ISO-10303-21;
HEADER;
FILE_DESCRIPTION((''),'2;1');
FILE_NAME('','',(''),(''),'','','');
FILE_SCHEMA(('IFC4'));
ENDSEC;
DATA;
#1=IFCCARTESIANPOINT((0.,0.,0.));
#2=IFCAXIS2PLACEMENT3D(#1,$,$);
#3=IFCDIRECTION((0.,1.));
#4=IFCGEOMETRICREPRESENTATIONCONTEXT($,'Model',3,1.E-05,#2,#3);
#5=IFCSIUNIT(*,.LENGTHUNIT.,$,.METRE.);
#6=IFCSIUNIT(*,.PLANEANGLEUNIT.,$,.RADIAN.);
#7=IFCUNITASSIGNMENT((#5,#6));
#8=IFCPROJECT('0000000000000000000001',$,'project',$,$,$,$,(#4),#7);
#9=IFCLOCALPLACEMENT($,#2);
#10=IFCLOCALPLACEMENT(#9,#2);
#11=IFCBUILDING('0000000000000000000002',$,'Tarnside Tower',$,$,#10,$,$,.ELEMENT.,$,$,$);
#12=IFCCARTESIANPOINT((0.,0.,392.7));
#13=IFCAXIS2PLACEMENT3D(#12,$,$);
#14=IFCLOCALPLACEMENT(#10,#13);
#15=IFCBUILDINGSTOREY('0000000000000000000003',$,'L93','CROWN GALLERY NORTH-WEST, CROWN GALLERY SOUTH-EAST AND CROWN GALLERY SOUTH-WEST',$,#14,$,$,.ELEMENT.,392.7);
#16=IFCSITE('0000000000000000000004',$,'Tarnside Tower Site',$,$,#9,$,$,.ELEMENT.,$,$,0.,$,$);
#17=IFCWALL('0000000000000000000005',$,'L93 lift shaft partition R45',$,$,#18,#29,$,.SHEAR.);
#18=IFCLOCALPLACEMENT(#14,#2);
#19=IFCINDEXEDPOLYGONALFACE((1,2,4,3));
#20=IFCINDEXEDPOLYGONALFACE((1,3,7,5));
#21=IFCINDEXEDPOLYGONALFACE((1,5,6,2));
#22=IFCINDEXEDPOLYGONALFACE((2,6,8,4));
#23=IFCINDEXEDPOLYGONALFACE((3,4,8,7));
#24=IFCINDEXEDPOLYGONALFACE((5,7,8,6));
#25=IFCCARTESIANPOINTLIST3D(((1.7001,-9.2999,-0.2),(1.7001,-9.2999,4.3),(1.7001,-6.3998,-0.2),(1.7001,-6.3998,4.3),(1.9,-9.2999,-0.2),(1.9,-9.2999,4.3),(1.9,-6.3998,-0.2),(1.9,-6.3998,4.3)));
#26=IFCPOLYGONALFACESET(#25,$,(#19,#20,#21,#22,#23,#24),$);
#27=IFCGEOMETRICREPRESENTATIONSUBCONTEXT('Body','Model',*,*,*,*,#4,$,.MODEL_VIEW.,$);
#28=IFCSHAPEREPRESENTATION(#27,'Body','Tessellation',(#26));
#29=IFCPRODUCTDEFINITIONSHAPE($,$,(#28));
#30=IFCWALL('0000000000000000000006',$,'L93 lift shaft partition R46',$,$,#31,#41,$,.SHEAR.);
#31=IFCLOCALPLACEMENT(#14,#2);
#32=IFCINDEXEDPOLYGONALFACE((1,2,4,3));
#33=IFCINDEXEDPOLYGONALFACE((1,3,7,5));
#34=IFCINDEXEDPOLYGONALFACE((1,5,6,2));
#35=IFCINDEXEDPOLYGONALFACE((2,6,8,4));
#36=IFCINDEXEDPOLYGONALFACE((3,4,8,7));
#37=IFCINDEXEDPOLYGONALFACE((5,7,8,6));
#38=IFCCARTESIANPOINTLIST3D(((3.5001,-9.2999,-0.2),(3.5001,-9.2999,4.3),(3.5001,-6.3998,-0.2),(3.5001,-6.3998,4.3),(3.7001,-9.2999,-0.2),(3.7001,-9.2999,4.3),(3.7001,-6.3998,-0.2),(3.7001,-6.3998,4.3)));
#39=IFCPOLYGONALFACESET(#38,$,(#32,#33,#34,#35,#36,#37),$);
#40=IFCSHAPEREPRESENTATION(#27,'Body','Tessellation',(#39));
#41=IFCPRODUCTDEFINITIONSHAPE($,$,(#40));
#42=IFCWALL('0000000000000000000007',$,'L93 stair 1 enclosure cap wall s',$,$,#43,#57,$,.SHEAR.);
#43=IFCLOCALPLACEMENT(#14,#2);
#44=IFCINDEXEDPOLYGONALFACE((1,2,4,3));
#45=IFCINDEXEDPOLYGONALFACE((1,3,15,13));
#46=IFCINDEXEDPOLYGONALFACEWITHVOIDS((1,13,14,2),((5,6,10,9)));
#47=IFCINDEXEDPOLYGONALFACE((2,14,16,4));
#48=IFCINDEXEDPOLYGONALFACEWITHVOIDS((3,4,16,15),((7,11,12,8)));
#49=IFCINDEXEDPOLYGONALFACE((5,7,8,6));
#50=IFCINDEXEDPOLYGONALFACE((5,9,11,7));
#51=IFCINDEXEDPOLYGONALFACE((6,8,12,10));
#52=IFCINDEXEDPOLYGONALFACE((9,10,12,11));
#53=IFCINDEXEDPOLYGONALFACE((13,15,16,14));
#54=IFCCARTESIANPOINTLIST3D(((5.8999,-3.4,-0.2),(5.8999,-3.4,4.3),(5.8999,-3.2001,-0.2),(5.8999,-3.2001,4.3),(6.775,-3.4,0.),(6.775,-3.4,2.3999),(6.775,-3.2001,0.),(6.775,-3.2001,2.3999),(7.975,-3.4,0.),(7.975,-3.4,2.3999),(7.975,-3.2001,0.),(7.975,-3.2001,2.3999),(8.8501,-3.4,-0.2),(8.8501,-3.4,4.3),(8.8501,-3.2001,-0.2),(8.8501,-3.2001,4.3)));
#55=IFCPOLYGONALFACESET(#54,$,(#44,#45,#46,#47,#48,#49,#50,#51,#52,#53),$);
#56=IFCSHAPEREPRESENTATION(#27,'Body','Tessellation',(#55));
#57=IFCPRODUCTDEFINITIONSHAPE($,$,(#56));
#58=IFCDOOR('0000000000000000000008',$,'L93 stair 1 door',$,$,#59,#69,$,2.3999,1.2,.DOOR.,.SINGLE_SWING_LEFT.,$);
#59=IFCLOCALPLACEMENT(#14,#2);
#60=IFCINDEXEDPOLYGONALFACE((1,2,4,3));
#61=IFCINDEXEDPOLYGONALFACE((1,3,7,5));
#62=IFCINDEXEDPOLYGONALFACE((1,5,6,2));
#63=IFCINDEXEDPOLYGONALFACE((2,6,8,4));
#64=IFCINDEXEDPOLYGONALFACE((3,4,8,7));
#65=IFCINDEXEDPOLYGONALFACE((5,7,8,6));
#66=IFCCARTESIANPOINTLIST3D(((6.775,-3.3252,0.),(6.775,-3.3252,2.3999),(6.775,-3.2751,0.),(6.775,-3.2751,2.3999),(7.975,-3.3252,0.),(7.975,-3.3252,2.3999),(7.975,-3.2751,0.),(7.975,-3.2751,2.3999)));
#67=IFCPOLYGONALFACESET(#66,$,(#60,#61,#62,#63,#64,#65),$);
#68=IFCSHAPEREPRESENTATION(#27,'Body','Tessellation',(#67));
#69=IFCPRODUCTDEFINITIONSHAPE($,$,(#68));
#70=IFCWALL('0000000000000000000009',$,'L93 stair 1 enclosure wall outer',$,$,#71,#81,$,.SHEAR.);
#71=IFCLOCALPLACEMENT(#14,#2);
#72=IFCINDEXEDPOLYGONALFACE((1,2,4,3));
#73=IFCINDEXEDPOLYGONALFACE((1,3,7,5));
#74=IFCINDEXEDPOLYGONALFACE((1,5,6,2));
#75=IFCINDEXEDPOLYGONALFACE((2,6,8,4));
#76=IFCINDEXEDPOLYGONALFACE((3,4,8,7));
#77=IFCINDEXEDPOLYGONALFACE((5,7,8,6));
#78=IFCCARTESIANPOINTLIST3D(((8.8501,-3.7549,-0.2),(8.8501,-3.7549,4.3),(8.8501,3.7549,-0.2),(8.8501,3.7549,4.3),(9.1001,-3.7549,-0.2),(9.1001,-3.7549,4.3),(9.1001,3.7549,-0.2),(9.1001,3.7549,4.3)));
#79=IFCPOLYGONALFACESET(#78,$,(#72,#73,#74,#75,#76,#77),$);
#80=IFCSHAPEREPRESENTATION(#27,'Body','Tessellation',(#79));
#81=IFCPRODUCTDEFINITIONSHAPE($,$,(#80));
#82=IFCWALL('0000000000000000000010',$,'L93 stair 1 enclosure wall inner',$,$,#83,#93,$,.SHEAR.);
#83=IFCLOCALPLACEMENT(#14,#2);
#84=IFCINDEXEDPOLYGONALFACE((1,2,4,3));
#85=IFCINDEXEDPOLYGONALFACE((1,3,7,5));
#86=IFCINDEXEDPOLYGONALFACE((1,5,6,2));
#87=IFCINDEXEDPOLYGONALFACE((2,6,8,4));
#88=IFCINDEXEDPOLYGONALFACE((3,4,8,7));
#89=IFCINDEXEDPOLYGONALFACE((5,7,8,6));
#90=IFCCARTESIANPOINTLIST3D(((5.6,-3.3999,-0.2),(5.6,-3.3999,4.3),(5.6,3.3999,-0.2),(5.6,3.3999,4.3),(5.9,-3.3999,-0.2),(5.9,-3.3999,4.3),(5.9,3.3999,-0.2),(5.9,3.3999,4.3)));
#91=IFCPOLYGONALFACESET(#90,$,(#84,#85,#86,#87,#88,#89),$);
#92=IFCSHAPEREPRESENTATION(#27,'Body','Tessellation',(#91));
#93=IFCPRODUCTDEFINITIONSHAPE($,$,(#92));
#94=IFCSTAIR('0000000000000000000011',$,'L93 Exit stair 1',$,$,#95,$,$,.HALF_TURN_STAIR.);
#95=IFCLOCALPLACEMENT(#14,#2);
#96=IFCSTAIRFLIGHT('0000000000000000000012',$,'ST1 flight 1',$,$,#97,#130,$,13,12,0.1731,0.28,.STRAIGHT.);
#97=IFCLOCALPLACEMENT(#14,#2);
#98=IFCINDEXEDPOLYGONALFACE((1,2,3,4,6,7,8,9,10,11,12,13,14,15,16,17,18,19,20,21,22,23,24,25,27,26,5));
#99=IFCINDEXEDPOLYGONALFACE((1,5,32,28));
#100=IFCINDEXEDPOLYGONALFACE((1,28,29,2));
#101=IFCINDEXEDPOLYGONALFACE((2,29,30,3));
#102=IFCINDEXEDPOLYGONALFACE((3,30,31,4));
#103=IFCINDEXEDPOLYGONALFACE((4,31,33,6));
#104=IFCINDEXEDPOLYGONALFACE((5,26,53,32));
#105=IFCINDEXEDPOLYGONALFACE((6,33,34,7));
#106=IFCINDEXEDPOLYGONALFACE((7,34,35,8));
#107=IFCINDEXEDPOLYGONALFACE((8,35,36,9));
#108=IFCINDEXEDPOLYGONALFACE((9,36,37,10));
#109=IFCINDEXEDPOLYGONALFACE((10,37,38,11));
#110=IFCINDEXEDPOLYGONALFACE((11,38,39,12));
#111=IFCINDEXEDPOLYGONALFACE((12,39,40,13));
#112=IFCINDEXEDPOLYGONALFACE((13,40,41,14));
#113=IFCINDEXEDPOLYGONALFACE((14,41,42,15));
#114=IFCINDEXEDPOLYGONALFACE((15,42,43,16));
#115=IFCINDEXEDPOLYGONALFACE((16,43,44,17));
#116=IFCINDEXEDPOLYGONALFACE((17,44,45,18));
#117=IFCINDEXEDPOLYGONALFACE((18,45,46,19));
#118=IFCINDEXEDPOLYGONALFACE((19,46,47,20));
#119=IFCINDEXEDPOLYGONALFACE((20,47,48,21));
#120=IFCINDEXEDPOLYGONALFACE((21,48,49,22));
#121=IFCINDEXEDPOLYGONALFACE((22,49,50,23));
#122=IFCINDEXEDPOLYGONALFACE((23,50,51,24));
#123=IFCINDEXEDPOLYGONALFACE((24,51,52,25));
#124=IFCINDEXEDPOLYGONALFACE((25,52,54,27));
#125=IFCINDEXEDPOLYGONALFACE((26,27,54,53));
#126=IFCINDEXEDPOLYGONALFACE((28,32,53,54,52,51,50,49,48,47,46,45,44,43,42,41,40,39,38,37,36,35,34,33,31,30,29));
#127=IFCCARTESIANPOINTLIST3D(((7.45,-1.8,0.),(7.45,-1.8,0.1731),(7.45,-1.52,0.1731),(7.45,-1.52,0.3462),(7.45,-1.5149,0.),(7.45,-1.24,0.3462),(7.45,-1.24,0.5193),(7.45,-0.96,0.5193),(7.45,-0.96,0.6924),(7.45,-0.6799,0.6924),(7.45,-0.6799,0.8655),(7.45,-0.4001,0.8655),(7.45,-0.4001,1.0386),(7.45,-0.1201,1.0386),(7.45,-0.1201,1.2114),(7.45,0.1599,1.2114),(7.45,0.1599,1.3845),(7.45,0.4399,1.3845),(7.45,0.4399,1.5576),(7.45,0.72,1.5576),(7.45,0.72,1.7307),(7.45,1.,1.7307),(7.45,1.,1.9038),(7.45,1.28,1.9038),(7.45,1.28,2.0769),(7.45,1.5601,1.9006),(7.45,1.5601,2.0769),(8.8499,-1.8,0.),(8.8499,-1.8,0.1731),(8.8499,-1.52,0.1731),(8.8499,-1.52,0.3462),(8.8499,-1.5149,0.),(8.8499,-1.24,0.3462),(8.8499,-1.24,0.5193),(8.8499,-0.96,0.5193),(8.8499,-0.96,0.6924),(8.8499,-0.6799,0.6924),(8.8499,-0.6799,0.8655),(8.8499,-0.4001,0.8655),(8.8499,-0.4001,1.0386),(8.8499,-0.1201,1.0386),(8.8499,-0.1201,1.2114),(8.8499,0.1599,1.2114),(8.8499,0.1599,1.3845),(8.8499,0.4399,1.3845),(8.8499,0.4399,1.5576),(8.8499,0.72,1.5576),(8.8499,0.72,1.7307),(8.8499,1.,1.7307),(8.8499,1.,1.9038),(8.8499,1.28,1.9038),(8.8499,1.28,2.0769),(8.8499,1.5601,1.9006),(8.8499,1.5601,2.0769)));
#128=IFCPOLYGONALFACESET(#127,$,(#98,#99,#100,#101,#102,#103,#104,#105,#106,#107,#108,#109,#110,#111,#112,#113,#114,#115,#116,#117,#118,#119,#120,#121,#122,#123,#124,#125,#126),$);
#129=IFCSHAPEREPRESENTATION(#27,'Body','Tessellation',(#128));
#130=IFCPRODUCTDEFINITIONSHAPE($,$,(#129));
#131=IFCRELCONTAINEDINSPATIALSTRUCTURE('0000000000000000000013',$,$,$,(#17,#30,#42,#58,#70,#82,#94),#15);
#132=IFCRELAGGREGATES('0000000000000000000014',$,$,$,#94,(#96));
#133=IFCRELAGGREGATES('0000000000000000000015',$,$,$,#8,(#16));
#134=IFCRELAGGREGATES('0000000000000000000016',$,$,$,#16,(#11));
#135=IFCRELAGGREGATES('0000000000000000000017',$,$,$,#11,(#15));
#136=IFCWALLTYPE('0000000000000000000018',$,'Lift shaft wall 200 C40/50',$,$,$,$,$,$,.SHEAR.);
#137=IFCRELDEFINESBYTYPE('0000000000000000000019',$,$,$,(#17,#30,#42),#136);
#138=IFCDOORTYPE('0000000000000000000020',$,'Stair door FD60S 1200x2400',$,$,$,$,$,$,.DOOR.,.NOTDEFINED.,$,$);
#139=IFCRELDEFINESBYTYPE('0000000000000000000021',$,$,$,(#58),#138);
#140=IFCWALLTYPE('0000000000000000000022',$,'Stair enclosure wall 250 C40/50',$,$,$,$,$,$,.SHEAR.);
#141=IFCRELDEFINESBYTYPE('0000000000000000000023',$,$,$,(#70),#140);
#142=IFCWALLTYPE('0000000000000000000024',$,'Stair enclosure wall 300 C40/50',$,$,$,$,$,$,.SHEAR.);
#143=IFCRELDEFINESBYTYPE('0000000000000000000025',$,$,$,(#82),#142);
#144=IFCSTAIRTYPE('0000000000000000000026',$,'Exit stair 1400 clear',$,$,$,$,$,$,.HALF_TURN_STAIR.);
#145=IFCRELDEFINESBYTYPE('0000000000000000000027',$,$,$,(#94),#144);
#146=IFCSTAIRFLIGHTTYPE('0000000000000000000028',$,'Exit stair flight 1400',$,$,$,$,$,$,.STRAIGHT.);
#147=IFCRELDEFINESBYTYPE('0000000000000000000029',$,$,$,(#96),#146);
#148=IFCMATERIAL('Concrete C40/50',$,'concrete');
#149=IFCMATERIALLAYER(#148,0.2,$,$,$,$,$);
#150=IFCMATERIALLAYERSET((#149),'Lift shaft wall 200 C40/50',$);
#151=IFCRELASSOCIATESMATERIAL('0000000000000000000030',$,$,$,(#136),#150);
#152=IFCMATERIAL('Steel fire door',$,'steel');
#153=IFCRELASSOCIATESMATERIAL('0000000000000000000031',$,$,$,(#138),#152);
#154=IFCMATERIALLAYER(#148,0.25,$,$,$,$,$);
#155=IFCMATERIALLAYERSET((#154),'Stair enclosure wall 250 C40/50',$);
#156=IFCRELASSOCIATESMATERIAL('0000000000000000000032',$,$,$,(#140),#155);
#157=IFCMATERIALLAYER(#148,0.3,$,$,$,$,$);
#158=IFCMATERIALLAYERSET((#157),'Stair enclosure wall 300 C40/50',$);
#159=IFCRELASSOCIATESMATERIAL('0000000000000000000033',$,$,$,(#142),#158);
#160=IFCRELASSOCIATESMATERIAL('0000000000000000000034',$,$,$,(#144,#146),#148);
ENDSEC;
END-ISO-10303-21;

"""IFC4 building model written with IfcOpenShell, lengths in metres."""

from ifc_helpers import new_model, si_unit, direction, frame, frame_2d, origin, place, context, subcontext, project, spatial, polyline, rectangle, outline, extrude, material, layer, layer_set, type_object, element, fill, aggregate, save


model = new_model("IFC4")

# Units and contexts
model_context = context("Model", 3, precision=1e-05, world=origin(), true_north=direction((0.0, 1.0)))
body_context = subcontext(model_context, "Body", "Model", "MODEL_VIEW")
ifc_project = project(units=[si_unit("LENGTHUNIT", "METRE"), si_unit("PLANEANGLEUNIT", "RADIAN")], contexts=[model_context])

# Site, building, storey
site_placement = place(None, origin())
site = spatial("IfcSite", under=ifc_project, at=site_placement, Name="Tarnside Tower Site", CompositionType="ELEMENT", RefElevation=0.0)
building_placement = place(site_placement, origin())
building = spatial("IfcBuilding", under=site, at=building_placement, Name="Tarnside Tower", CompositionType="ELEMENT")
storey_placement = place(building_placement, frame((0.0, 0.0, 392.7)))
storey = spatial("IfcBuildingStorey", under=building, at=storey_placement, Name="L93", Description="CROWN GALLERY NORTH-WEST, CROWN GALLERY SOUTH-EAST AND CROWN GALLERY SOUTH-WEST", CompositionType="ELEMENT", Elevation=392.7)

# Shared definitions
ifc_material_1 = material(Name="Concrete C40/50", Category="concrete")

# Shared definitions
ifc_material_2 = material(Name="Steel fire door", Category="steel")

# Walls
ifc_layer_1 = layer(ifc_material_1, 0.2)
ifc_layer_set_1 = layer_set([ifc_layer_1], Name="Lift shaft wall 200 C40/50")
wall_type_1 = type_object("IfcWallType", Name="Lift shaft wall 200 C40/50", PredefinedType="SHEAR", material=ifc_layer_set_1)
for number, where, z_axis, x_axis, name in (
    (1, (1.8, -9.3, -0.2), (0.0, 0.0, 1.0), (0.0, 1.0, 0.0), "L93 lift shaft partition R45"),
    (2, (3.6001, -9.3, -0.2), (0.0, 0.0, 1.0), (0.0, 1.0, 0.0), "L93 lift shaft partition R46"),
):
    element("IfcWall", number, at=place(storey_placement, frame(where, z_axis=z_axis, x_axis=x_axis)), inside=storey, type_object=wall_type_1, Name=name, PredefinedType="SHEAR", context=body_context, shape_type="SweptSolid", body=[
        extrude(rectangle(XDim=2.9001, YDim=0.2, at=frame_2d((1.4502, 0.0))), origin(), (0.0, 0.0, 1.0), 4.5),
    ])

# Wall, opening, door
wall_1_placement = place(storey_placement, frame((5.8999, -3.3, -0.2), z_axis=(0.0, 0.0, 1.0), x_axis=(1.0, 0.0, 0.0)))
wall_1 = element("IfcWall", 3, at=wall_1_placement, inside=storey, type_object=wall_type_1, Name="L93 stair 1 enclosure cap wall s", PredefinedType="SHEAR", context=body_context, shape_type="SweptSolid", body=[
    extrude(rectangle(XDim=2.9502, YDim=0.2, at=frame_2d((1.4751, 0.0))), origin(), (0.0, 0.0, 1.0), 4.5),
])
opening_1_placement = place(wall_1_placement, frame((0.875, 0.0, 0.2)))
opening_1 = element("IfcOpeningElement", 4, at=opening_1_placement, cuts=wall_1, PredefinedType="OPENING", context=body_context, shape_type="SweptSolid", body=[
    extrude(rectangle(XDim=1.2, YDim=2.3999, at=frame_2d((0.6001, 1.2))), frame((0.0, 0.1099, 0.0), z_axis=(0.0, -1.0, 0.0), x_axis=(1.0, 0.0, 0.0)), (0.0, 0.0, 1.0), 0.22),
])
door_type_1 = type_object("IfcDoorType", Name="Stair door FD60S 1200x2400", OperationType="NOTDEFINED", PredefinedType="DOOR", material=ifc_material_2)
door_1_placement = place(opening_1_placement, origin())
door_1 = element("IfcDoor", 5, at=door_1_placement, inside=storey, type_object=door_type_1, Name="L93 stair 1 door", OperationType="SINGLE_SWING_LEFT", OverallHeight=2.3999, OverallWidth=1.2, PredefinedType="DOOR", context=body_context, shape_type="SweptSolid", body=[
    extrude(rectangle(XDim=1.2, YDim=2.3999, at=frame_2d((0.6001, 1.2))), frame((0.0, 0.0249, 0.0), z_axis=(0.0, -1.0, 0.0), x_axis=(1.0, 0.0, 0.0)), (0.0, 0.0, 1.0), 0.05),
])
fill(opening_1, door_1)

# Walls
ifc_layer_2 = layer(ifc_material_1, 0.25)
ifc_layer_set_2 = layer_set([ifc_layer_2], Name="Stair enclosure wall 250 C40/50")
wall_type_2 = type_object("IfcWallType", Name="Stair enclosure wall 250 C40/50", PredefinedType="SHEAR", material=ifc_layer_set_2)
wall_2_placement = place(storey_placement, frame((8.9751, -3.7549, -0.2), z_axis=(0.0, 0.0, 1.0), x_axis=(0.0, 1.0, 0.0)))
element("IfcWall", 6, at=wall_2_placement, inside=storey, type_object=wall_type_2, Name="L93 stair 1 enclosure wall outer", PredefinedType="SHEAR", context=body_context, shape_type="SweptSolid", body=[
    extrude(rectangle(XDim=7.5098, YDim=0.25, at=frame_2d((3.7549, 0.0))), origin(), (0.0, 0.0, 1.0), 4.5),
])
ifc_layer_3 = layer(ifc_material_1, 0.3)
ifc_layer_set_3 = layer_set([ifc_layer_3], Name="Stair enclosure wall 300 C40/50")
wall_type_3 = type_object("IfcWallType", Name="Stair enclosure wall 300 C40/50", PredefinedType="SHEAR", material=ifc_layer_set_3)
wall_3_placement = place(storey_placement, frame((5.75, -3.3999, -0.2), z_axis=(0.0, 0.0, 1.0), x_axis=(0.0, 1.0, 0.0)))
element("IfcWall", 7, at=wall_3_placement, inside=storey, type_object=wall_type_3, Name="L93 stair 1 enclosure wall inner", PredefinedType="SHEAR", context=body_context, shape_type="SweptSolid", body=[
    extrude(rectangle(XDim=6.7998, YDim=0.3, at=frame_2d((3.3999, 0.0))), origin(), (0.0, 0.0, 1.0), 4.5),
])

# Stair, stair flight
stair_type = type_object("IfcStairType", Name="Exit stair 1400 clear", PredefinedType="HALF_TURN_STAIR", material=ifc_material_1)
stair_placement = place(storey_placement, origin())
stair = element("IfcStair", 8, at=stair_placement, inside=storey, type_object=stair_type, Name="L93 Exit stair 1", PredefinedType="HALF_TURN_STAIR")
stair_flight_type = type_object("IfcStairFlightType", Name="Exit stair flight 1400", PredefinedType="STRAIGHT", material=ifc_material_1)
stair_flight_placement = place(storey_placement, frame((8.1499, -1.8, 0.0), z_axis=(0.0, 0.0, 1.0), x_axis=(0.0, 1.0, 0.0)))
stair_flight = element("IfcStairFlight", 9, at=stair_flight_placement, type_object=stair_flight_type, Name="ST1 flight 1", NumberOfRisers=13, NumberOfTreads=12, PredefinedType="STRAIGHT", RiserHeight=0.1731, TreadLength=0.28, context=body_context, shape_type="SweptSolid", body=[
    extrude(outline(polyline([(0.0, 0.0), (0.0, 0.1731), (0.28, 0.1731), (0.28, 0.3462), (0.5601, 0.3462), (0.5601, 0.5193), (0.8401, 0.5193), (0.8401, 0.6924), (1.1201, 0.6924), (1.1201, 0.8655), (1.3999, 0.8655), (1.3999, 1.0386), (1.6799, 1.0386), (1.6799, 1.2114), (1.96, 1.2114), (1.96, 1.3845), (2.24, 1.3845), (2.24, 1.5576), (2.52, 1.5576), (2.52, 1.7307), (2.8, 1.7307), (2.8, 1.9038), (3.0801, 1.9038), (3.0801, 2.0769), (3.3601, 2.0769), (3.3601, 2.25), (3.3601, 1.9006), (0.2852, 0.0), (0.0, 0.0)])), frame((0.0, 0.7, 0.0), z_axis=(0.0, -1.0, 0.0), x_axis=(1.0, 0.0, 0.0)), (0.0, 0.0, 1.0), 1.3999),
])
aggregate(stair, [stair_flight])

save(model, "model.ifc")
